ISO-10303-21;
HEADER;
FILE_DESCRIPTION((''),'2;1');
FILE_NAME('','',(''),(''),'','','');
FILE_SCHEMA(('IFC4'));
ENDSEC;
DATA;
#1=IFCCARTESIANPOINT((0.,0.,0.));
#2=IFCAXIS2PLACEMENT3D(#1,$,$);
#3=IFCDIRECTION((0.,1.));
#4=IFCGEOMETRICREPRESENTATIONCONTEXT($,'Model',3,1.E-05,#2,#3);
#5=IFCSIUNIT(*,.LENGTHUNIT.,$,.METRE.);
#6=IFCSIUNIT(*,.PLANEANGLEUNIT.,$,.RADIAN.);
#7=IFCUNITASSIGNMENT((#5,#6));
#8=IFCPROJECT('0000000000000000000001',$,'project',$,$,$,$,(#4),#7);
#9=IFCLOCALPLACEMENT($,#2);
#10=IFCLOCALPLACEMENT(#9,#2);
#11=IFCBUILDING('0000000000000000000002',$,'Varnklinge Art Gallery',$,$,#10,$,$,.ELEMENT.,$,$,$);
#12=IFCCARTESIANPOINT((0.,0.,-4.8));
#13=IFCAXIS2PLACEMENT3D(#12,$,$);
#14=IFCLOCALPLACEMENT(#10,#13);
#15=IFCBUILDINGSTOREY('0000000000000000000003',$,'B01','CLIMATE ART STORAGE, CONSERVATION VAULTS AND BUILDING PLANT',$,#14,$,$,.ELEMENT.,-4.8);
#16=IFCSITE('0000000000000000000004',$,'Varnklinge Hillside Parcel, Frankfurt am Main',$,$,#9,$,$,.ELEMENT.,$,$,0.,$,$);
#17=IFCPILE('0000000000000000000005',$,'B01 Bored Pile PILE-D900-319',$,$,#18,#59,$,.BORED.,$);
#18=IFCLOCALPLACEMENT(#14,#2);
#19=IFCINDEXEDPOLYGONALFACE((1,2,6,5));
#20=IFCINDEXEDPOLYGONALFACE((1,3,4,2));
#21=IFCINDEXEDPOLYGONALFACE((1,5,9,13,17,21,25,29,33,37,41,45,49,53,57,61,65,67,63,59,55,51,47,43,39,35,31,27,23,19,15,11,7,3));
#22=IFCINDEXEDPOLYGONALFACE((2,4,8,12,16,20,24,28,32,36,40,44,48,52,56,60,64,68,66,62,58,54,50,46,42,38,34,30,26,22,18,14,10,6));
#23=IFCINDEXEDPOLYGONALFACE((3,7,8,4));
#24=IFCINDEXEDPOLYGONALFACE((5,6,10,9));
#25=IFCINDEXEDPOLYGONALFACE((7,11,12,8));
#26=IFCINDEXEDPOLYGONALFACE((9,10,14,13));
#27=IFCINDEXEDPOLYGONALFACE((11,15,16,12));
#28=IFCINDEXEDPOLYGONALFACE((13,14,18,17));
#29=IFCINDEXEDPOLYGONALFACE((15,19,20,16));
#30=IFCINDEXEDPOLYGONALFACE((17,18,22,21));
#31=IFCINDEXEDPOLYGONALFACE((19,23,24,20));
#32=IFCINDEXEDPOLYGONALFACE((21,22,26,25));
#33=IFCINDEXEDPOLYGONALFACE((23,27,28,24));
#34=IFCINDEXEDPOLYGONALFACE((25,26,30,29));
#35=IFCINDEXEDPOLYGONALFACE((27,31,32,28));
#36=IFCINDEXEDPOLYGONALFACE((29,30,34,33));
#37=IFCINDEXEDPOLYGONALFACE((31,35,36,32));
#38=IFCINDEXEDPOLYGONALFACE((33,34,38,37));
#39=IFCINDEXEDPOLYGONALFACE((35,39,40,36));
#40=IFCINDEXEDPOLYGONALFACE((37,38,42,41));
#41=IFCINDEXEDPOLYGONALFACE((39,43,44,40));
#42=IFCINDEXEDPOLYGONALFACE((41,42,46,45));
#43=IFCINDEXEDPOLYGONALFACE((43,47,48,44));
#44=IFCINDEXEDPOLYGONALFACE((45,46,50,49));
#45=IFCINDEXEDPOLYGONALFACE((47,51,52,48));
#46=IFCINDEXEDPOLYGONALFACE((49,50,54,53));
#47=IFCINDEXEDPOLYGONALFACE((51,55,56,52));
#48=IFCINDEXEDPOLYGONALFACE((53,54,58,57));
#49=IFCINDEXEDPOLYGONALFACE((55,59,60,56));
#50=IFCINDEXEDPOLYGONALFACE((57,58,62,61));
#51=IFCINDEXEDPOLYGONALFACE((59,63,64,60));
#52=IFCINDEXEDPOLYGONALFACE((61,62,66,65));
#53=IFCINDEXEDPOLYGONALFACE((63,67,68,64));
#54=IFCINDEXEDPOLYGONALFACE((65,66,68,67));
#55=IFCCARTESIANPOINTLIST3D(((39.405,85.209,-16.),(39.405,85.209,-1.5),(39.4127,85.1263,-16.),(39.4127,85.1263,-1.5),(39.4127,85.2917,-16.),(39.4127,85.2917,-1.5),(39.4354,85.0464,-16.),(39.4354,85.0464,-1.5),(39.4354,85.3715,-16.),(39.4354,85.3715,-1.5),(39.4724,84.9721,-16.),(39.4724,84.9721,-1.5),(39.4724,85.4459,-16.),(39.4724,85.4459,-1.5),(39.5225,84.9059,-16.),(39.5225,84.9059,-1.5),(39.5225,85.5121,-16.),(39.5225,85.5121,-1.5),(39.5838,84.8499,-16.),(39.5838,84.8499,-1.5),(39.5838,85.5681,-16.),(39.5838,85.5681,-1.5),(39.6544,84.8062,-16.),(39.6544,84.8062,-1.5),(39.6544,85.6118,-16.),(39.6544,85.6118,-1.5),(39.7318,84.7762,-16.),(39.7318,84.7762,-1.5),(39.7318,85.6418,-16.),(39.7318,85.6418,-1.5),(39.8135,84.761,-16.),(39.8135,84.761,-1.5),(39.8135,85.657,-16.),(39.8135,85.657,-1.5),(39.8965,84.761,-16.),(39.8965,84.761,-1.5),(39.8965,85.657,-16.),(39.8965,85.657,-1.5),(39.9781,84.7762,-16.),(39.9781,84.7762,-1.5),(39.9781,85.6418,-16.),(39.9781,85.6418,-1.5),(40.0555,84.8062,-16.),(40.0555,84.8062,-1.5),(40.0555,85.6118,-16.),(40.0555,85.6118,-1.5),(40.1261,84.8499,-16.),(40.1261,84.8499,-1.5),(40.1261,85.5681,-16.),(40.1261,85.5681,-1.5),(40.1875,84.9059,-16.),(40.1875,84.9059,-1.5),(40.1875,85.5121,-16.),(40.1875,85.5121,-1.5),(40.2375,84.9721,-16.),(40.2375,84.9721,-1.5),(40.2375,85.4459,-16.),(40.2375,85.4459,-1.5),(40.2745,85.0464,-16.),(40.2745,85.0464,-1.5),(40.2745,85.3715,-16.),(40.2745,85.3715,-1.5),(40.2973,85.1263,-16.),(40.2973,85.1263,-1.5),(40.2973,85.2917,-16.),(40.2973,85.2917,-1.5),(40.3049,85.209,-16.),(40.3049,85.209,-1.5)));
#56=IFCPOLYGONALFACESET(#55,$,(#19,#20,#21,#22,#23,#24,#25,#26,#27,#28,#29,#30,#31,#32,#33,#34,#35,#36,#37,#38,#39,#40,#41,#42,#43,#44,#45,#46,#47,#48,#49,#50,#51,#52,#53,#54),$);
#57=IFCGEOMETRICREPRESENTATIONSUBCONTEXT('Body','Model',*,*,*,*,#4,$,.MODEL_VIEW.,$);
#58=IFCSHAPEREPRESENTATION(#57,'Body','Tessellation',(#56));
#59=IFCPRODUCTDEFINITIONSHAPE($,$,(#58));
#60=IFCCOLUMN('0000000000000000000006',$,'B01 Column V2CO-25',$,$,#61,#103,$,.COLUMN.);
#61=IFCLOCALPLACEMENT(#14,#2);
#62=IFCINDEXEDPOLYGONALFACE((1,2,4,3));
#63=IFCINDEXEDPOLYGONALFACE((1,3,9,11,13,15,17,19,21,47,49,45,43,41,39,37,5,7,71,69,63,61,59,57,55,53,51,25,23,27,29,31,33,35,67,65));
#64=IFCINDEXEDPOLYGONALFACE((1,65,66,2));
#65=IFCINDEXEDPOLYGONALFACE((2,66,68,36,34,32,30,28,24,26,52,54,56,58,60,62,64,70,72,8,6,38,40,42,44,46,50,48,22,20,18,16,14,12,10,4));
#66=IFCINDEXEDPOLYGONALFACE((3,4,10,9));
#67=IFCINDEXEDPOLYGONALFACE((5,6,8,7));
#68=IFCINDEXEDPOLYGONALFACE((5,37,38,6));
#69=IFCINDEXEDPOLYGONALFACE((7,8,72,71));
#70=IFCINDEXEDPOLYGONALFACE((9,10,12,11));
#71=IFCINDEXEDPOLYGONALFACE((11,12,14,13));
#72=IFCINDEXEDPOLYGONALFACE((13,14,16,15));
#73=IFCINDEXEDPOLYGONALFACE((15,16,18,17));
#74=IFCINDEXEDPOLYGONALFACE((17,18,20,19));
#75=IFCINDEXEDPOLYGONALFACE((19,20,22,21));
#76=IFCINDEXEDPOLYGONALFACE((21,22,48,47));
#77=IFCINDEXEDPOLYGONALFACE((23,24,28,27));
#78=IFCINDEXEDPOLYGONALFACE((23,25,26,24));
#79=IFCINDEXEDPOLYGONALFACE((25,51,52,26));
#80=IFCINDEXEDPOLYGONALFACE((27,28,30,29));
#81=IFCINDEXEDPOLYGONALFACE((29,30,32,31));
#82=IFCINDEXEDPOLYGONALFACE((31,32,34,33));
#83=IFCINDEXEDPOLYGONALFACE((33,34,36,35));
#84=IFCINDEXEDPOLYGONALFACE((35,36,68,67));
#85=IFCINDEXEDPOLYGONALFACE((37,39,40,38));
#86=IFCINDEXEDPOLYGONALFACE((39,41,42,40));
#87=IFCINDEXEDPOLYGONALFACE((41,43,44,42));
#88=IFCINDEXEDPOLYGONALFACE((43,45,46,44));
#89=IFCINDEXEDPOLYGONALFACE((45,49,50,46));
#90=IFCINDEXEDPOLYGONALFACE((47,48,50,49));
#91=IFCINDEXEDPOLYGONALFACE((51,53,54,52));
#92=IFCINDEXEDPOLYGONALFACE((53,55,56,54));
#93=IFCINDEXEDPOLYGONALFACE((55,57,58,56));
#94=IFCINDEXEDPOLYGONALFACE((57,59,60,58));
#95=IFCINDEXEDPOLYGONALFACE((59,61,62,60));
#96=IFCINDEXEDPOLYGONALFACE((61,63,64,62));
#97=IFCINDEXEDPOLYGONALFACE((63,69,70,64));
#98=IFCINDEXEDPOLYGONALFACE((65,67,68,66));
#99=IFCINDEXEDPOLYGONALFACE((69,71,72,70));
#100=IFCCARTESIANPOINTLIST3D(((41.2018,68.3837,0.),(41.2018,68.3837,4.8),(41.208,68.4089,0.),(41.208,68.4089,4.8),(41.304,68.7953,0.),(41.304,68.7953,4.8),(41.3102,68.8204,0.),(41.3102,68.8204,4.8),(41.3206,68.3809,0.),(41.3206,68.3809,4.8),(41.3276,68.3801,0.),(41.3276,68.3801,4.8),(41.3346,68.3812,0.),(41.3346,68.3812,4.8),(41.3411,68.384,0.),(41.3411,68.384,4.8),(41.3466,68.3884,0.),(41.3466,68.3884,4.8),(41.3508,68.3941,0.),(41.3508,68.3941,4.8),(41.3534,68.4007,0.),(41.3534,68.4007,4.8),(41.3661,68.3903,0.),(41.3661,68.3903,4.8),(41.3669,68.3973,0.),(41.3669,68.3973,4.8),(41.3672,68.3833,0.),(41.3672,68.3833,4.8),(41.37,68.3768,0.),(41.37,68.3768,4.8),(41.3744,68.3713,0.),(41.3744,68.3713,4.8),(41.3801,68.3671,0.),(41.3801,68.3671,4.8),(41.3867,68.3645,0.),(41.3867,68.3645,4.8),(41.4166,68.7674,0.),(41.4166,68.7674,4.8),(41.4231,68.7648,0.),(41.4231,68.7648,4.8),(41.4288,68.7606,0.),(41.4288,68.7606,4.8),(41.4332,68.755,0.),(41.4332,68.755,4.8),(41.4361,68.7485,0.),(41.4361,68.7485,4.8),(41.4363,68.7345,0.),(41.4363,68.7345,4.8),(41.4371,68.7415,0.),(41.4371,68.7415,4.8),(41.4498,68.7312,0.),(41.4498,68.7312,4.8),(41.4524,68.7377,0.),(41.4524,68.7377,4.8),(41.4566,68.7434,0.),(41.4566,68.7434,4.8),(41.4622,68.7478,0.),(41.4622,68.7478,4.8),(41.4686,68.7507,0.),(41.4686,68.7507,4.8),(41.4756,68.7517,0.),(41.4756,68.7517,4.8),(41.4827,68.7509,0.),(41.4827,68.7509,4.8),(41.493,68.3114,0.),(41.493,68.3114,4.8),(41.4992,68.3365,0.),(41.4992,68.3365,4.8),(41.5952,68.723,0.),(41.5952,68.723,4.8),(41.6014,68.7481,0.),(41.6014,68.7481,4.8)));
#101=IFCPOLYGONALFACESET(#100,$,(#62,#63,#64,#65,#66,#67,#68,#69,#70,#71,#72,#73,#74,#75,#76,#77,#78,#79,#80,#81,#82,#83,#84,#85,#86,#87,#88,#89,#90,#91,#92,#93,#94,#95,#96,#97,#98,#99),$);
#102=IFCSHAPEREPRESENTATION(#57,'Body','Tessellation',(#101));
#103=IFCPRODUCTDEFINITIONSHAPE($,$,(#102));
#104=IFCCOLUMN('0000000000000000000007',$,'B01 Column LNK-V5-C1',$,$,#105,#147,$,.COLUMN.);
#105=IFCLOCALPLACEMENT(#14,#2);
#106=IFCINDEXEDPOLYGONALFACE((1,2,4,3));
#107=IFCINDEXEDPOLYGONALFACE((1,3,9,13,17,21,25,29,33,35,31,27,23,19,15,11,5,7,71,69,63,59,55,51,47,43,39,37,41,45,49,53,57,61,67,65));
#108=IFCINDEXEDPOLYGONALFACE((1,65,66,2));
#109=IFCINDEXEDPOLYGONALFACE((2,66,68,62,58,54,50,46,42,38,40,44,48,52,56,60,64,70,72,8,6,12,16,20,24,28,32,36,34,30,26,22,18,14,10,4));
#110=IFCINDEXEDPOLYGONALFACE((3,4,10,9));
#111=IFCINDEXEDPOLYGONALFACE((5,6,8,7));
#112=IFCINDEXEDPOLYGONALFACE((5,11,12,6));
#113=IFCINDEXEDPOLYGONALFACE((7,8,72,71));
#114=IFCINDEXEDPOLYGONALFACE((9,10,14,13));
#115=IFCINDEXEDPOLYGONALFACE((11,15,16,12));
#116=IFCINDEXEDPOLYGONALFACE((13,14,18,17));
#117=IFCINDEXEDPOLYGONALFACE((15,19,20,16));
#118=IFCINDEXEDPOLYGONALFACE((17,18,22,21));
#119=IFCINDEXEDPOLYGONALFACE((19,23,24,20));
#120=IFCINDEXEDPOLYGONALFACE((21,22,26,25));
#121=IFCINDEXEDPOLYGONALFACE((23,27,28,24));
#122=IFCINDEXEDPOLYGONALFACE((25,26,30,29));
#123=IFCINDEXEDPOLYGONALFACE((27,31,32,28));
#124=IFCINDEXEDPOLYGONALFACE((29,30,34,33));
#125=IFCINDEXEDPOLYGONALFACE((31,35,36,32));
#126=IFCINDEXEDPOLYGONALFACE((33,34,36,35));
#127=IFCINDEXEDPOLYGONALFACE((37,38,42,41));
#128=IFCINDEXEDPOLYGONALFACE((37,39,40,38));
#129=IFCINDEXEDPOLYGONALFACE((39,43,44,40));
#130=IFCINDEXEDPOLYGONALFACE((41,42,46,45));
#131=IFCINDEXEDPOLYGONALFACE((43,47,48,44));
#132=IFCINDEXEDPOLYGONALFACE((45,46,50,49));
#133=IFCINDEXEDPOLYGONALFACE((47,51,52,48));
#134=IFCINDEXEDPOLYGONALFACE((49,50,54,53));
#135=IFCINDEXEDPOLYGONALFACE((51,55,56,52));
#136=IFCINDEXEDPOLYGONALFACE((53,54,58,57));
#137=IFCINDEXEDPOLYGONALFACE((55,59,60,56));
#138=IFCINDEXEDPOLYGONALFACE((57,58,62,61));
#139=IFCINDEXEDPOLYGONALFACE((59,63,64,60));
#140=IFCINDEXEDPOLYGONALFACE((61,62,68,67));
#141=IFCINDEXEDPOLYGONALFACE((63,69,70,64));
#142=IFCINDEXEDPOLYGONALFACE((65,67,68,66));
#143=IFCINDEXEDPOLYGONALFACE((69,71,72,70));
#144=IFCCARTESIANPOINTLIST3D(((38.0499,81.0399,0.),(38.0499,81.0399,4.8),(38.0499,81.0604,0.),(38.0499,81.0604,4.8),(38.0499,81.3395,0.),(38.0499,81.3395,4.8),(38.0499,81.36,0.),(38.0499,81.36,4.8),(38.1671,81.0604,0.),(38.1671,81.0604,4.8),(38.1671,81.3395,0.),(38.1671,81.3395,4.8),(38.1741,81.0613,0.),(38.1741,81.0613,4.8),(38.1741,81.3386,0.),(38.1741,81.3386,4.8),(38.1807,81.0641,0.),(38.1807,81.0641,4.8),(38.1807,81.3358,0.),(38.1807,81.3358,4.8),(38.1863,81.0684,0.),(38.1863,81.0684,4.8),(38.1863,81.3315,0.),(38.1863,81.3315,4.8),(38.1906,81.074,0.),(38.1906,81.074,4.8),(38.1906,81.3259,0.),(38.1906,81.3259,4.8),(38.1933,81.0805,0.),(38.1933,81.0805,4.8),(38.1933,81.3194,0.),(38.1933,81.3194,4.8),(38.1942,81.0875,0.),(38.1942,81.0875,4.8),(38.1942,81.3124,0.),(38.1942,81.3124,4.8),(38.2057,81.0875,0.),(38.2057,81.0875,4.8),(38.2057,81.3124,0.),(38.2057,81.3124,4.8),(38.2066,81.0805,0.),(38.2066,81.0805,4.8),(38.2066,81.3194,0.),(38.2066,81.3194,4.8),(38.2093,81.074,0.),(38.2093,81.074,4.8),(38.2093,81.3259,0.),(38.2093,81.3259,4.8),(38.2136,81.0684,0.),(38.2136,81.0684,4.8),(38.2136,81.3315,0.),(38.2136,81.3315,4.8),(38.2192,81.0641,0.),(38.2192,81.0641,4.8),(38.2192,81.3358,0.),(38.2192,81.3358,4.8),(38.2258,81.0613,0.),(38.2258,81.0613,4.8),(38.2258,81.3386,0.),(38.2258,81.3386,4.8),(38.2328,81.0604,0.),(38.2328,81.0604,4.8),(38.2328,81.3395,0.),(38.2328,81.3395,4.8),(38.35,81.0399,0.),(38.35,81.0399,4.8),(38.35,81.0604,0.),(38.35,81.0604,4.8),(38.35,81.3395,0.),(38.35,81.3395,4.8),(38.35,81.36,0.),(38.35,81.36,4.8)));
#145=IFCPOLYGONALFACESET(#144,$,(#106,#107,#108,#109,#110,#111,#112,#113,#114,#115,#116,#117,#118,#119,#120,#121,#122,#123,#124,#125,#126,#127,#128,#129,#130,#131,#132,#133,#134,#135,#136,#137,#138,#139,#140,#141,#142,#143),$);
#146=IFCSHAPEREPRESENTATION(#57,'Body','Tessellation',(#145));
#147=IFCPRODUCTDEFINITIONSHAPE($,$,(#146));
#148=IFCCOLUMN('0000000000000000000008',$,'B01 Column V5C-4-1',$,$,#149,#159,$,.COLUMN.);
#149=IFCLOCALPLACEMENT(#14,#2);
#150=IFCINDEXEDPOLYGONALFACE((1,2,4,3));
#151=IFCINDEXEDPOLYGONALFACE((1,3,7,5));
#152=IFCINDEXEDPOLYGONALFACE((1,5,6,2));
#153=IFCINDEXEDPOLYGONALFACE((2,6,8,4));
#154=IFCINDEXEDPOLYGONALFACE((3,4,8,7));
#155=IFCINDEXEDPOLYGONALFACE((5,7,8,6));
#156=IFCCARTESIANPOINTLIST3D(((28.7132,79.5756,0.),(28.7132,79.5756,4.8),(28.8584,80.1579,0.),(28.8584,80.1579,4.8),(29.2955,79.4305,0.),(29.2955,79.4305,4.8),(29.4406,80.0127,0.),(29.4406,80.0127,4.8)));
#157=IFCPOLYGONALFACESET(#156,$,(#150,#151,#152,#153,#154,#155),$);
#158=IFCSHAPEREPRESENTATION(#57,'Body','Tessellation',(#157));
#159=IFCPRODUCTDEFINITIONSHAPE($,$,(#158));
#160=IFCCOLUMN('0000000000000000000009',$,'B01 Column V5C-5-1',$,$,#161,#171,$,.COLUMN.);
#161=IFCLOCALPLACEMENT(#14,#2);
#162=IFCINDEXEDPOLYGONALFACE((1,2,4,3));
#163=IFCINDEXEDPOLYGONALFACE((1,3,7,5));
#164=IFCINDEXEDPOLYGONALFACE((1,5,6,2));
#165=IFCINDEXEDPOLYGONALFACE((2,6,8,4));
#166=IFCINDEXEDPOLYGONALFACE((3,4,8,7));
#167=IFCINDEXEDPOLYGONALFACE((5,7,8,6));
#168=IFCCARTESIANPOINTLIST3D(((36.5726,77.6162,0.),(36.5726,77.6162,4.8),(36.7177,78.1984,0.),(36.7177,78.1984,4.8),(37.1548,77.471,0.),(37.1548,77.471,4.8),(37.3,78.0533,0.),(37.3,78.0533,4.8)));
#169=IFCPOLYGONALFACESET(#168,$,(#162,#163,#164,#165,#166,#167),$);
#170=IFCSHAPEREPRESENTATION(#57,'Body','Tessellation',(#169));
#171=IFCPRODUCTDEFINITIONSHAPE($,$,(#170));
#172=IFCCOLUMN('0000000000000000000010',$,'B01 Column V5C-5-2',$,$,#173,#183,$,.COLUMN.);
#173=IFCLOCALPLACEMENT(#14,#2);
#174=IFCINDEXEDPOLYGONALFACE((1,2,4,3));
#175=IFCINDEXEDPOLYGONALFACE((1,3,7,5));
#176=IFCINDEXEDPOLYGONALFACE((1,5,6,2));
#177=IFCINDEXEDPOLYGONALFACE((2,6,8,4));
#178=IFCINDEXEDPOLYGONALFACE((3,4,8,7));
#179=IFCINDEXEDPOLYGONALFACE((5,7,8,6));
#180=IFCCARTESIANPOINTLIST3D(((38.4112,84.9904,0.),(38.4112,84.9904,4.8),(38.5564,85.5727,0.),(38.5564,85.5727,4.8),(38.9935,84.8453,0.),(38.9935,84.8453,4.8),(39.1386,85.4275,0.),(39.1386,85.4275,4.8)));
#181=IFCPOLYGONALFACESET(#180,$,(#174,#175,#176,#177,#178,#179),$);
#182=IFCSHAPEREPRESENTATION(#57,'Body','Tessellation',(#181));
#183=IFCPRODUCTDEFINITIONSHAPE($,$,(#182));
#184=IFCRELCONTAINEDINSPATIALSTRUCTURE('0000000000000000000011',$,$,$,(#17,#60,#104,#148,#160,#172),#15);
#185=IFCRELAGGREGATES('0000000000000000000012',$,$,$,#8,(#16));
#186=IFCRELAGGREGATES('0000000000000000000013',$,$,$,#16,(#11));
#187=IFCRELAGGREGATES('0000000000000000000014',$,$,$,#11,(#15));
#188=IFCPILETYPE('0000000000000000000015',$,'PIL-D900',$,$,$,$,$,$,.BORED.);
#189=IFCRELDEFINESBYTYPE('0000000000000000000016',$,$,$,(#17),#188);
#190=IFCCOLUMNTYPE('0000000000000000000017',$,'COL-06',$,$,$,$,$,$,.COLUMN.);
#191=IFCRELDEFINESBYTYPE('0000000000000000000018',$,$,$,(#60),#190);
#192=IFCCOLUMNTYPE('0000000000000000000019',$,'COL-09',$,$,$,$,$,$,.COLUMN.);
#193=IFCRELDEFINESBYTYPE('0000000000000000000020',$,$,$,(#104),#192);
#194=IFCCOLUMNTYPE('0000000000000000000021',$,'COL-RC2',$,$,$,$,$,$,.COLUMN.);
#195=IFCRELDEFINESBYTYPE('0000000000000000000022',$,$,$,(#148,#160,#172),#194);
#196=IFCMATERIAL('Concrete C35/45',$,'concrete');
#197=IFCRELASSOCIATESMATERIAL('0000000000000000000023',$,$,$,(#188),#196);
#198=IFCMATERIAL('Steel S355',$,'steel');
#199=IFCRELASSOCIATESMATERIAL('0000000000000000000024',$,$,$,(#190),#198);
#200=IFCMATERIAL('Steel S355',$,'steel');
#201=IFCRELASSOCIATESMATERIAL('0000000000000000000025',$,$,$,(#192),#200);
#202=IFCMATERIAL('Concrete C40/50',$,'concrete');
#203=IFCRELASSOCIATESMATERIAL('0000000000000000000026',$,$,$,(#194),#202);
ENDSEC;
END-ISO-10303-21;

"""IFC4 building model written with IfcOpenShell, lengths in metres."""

from ifc_helpers import new_model, si_unit, direction, frame, origin, origin_2d, place, context, subcontext, project, spatial, rectangle, circle, i_section, extrude, material, material_profile, profile_set, type_object, element, save


model = new_model("IFC4")

# Units and contexts
model_context = context("Model", 3, precision=1e-05, world=origin(), true_north=direction((0.0, 1.0)))
body_context = subcontext(model_context, "Body", "Model", "MODEL_VIEW")
ifc_project = project(units=[si_unit("LENGTHUNIT", "METRE"), si_unit("PLANEANGLEUNIT", "RADIAN")], contexts=[model_context])

# Site, building, storey
site_placement = place(None, origin())
site = spatial("IfcSite", under=ifc_project, at=site_placement, Name="Varnklinge Hillside Parcel, Frankfurt am Main", CompositionType="ELEMENT", RefElevation=0.0)
building_placement = place(site_placement, origin())
building = spatial("IfcBuilding", under=site, at=building_placement, Name="Varnklinge Art Gallery", CompositionType="ELEMENT")
storey_placement = place(building_placement, frame((0.0, 0.0, -4.8)))
storey = spatial("IfcBuildingStorey", under=building, at=storey_placement, Name="B01", Description="CLIMATE ART STORAGE, CONSERVATION VAULTS AND BUILDING PLANT", CompositionType="ELEMENT", Elevation=-4.8)

# Pile
ifc_material_1 = material(Name="Concrete C35/45", Category="concrete")
ifc_material_profile_1 = material_profile(ifc_material_1, circle(Radius=0.45, at=origin_2d()), Name="PILE D900")
ifc_profile_set_1 = profile_set([ifc_material_profile_1], Name="Concrete C35/45")
pile_type_1 = type_object("IfcPileType", Name="PIL-D900", PredefinedType="BORED", material=ifc_profile_set_1)
for number, where, z_axis, x_axis, name in (
    (1, (39.855, 85.209, -1.5), (0.0, 0.0, -1.0), (1.0, 0.0, 0.0), "B01 Bored Pile PILE-D900-319"),
):
    element("IfcPile", number, at=place(storey_placement, frame(where, z_axis=z_axis, x_axis=x_axis)), inside=storey, type_object=pile_type_1, Name=name, PredefinedType="BORED", context=body_context, shape_type="SweptSolid", body=[
        extrude(circle(Radius=0.45, at=origin_2d()), origin(), (0.0, 0.0, 1.0), 14.5),
    ])

# Columns
ifc_material_2 = material(Name="Steel S355", Category="steel")
ifc_material_profile_2 = material_profile(ifc_material_2, i_section(OverallWidth=0.3, OverallDepth=0.45, WebThickness=0.0139, FlangeThickness=0.0259, FilletRadius=0.0271, at=origin_2d()), Name="HEB 450")
ifc_profile_set_2 = profile_set([ifc_material_profile_2], Name="Steel S355")
column_type_1 = type_object("IfcColumnType", Name="COL-06", PredefinedType="COLUMN", material=ifc_profile_set_2)
column_1_placement = place(storey_placement, frame((41.4016, 68.5659, 0.0), z_axis=(0.0, 0.0, 1.0), x_axis=(0.970506, -0.241075, 0.0)))
element("IfcColumn", 2, at=column_1_placement, inside=storey, type_object=column_type_1, Name="B01 Column V2CO-25", PredefinedType="COLUMN", context=body_context, shape_type="SweptSolid", body=[
    extrude(i_section(OverallWidth=0.3, OverallDepth=0.45, WebThickness=0.0139, FlangeThickness=0.0259, FilletRadius=0.0271, at=origin_2d()), origin(), (0.0, 0.0, 1.0), 4.8),
])
ifc_material_3 = material(Name="Steel S355", Category="steel")
ifc_material_profile_3 = material_profile(ifc_material_3, i_section(OverallWidth=0.3, OverallDepth=0.3201, WebThickness=0.0115, FlangeThickness=0.0205, FilletRadius=0.0271, at=origin_2d()), Name="HEB 320")
ifc_profile_set_3 = profile_set([ifc_material_profile_3], Name="Steel S355")
column_type_2 = type_object("IfcColumnType", Name="COL-09", PredefinedType="COLUMN", material=ifc_profile_set_3)
column_2_placement = place(storey_placement, frame((38.2, 81.2, 0.0), z_axis=(0.0, 0.0, 1.0), x_axis=(1.0, 0.0, 0.0)))
element("IfcColumn", 3, at=column_2_placement, inside=storey, type_object=column_type_2, Name="B01 Column LNK-V5-C1", PredefinedType="COLUMN", context=body_context, shape_type="SweptSolid", body=[
    extrude(i_section(OverallWidth=0.3, OverallDepth=0.3201, WebThickness=0.0115, FlangeThickness=0.0205, FilletRadius=0.0271, at=origin_2d()), origin(), (0.0, 0.0, 1.0), 4.8),
])
ifc_material_4 = material(Name="Concrete C40/50", Category="concrete")
ifc_material_profile_4 = material_profile(ifc_material_4, rectangle(XDim=0.6001, YDim=0.6001, at=origin_2d()), Name="RC 600x600")
ifc_profile_set_4 = profile_set([ifc_material_profile_4], Name="Concrete C40/50")
column_type_3 = type_object("IfcColumnType", Name="COL-RC2", PredefinedType="COLUMN", material=ifc_profile_set_4)
for number, where, z_axis, x_axis, name in (
    (4, (29.0769, 79.7942, 0.0), (0.0, 0.0, 1.0), (0.970296, -0.241922, 0.0), "B01 Column V5C-4-1"),
    (5, (36.9363, 77.8347, 0.0), (0.0, 0.0, 1.0), (0.970296, -0.241922, 0.0), "B01 Column V5C-5-1"),
    (6, (38.7749, 85.209, 0.0), (0.0, 0.0, 1.0), (0.970296, -0.241922, 0.0), "B01 Column V5C-5-2"),
):
    element("IfcColumn", number, at=place(storey_placement, frame(where, z_axis=z_axis, x_axis=x_axis)), inside=storey, type_object=column_type_3, Name=name, PredefinedType="COLUMN", context=body_context, shape_type="SweptSolid", body=[
        extrude(rectangle(XDim=0.6001, YDim=0.6001, at=origin_2d()), origin(), (0.0, 0.0, 1.0), 4.8),
    ])

save(model, "model.ifc")
